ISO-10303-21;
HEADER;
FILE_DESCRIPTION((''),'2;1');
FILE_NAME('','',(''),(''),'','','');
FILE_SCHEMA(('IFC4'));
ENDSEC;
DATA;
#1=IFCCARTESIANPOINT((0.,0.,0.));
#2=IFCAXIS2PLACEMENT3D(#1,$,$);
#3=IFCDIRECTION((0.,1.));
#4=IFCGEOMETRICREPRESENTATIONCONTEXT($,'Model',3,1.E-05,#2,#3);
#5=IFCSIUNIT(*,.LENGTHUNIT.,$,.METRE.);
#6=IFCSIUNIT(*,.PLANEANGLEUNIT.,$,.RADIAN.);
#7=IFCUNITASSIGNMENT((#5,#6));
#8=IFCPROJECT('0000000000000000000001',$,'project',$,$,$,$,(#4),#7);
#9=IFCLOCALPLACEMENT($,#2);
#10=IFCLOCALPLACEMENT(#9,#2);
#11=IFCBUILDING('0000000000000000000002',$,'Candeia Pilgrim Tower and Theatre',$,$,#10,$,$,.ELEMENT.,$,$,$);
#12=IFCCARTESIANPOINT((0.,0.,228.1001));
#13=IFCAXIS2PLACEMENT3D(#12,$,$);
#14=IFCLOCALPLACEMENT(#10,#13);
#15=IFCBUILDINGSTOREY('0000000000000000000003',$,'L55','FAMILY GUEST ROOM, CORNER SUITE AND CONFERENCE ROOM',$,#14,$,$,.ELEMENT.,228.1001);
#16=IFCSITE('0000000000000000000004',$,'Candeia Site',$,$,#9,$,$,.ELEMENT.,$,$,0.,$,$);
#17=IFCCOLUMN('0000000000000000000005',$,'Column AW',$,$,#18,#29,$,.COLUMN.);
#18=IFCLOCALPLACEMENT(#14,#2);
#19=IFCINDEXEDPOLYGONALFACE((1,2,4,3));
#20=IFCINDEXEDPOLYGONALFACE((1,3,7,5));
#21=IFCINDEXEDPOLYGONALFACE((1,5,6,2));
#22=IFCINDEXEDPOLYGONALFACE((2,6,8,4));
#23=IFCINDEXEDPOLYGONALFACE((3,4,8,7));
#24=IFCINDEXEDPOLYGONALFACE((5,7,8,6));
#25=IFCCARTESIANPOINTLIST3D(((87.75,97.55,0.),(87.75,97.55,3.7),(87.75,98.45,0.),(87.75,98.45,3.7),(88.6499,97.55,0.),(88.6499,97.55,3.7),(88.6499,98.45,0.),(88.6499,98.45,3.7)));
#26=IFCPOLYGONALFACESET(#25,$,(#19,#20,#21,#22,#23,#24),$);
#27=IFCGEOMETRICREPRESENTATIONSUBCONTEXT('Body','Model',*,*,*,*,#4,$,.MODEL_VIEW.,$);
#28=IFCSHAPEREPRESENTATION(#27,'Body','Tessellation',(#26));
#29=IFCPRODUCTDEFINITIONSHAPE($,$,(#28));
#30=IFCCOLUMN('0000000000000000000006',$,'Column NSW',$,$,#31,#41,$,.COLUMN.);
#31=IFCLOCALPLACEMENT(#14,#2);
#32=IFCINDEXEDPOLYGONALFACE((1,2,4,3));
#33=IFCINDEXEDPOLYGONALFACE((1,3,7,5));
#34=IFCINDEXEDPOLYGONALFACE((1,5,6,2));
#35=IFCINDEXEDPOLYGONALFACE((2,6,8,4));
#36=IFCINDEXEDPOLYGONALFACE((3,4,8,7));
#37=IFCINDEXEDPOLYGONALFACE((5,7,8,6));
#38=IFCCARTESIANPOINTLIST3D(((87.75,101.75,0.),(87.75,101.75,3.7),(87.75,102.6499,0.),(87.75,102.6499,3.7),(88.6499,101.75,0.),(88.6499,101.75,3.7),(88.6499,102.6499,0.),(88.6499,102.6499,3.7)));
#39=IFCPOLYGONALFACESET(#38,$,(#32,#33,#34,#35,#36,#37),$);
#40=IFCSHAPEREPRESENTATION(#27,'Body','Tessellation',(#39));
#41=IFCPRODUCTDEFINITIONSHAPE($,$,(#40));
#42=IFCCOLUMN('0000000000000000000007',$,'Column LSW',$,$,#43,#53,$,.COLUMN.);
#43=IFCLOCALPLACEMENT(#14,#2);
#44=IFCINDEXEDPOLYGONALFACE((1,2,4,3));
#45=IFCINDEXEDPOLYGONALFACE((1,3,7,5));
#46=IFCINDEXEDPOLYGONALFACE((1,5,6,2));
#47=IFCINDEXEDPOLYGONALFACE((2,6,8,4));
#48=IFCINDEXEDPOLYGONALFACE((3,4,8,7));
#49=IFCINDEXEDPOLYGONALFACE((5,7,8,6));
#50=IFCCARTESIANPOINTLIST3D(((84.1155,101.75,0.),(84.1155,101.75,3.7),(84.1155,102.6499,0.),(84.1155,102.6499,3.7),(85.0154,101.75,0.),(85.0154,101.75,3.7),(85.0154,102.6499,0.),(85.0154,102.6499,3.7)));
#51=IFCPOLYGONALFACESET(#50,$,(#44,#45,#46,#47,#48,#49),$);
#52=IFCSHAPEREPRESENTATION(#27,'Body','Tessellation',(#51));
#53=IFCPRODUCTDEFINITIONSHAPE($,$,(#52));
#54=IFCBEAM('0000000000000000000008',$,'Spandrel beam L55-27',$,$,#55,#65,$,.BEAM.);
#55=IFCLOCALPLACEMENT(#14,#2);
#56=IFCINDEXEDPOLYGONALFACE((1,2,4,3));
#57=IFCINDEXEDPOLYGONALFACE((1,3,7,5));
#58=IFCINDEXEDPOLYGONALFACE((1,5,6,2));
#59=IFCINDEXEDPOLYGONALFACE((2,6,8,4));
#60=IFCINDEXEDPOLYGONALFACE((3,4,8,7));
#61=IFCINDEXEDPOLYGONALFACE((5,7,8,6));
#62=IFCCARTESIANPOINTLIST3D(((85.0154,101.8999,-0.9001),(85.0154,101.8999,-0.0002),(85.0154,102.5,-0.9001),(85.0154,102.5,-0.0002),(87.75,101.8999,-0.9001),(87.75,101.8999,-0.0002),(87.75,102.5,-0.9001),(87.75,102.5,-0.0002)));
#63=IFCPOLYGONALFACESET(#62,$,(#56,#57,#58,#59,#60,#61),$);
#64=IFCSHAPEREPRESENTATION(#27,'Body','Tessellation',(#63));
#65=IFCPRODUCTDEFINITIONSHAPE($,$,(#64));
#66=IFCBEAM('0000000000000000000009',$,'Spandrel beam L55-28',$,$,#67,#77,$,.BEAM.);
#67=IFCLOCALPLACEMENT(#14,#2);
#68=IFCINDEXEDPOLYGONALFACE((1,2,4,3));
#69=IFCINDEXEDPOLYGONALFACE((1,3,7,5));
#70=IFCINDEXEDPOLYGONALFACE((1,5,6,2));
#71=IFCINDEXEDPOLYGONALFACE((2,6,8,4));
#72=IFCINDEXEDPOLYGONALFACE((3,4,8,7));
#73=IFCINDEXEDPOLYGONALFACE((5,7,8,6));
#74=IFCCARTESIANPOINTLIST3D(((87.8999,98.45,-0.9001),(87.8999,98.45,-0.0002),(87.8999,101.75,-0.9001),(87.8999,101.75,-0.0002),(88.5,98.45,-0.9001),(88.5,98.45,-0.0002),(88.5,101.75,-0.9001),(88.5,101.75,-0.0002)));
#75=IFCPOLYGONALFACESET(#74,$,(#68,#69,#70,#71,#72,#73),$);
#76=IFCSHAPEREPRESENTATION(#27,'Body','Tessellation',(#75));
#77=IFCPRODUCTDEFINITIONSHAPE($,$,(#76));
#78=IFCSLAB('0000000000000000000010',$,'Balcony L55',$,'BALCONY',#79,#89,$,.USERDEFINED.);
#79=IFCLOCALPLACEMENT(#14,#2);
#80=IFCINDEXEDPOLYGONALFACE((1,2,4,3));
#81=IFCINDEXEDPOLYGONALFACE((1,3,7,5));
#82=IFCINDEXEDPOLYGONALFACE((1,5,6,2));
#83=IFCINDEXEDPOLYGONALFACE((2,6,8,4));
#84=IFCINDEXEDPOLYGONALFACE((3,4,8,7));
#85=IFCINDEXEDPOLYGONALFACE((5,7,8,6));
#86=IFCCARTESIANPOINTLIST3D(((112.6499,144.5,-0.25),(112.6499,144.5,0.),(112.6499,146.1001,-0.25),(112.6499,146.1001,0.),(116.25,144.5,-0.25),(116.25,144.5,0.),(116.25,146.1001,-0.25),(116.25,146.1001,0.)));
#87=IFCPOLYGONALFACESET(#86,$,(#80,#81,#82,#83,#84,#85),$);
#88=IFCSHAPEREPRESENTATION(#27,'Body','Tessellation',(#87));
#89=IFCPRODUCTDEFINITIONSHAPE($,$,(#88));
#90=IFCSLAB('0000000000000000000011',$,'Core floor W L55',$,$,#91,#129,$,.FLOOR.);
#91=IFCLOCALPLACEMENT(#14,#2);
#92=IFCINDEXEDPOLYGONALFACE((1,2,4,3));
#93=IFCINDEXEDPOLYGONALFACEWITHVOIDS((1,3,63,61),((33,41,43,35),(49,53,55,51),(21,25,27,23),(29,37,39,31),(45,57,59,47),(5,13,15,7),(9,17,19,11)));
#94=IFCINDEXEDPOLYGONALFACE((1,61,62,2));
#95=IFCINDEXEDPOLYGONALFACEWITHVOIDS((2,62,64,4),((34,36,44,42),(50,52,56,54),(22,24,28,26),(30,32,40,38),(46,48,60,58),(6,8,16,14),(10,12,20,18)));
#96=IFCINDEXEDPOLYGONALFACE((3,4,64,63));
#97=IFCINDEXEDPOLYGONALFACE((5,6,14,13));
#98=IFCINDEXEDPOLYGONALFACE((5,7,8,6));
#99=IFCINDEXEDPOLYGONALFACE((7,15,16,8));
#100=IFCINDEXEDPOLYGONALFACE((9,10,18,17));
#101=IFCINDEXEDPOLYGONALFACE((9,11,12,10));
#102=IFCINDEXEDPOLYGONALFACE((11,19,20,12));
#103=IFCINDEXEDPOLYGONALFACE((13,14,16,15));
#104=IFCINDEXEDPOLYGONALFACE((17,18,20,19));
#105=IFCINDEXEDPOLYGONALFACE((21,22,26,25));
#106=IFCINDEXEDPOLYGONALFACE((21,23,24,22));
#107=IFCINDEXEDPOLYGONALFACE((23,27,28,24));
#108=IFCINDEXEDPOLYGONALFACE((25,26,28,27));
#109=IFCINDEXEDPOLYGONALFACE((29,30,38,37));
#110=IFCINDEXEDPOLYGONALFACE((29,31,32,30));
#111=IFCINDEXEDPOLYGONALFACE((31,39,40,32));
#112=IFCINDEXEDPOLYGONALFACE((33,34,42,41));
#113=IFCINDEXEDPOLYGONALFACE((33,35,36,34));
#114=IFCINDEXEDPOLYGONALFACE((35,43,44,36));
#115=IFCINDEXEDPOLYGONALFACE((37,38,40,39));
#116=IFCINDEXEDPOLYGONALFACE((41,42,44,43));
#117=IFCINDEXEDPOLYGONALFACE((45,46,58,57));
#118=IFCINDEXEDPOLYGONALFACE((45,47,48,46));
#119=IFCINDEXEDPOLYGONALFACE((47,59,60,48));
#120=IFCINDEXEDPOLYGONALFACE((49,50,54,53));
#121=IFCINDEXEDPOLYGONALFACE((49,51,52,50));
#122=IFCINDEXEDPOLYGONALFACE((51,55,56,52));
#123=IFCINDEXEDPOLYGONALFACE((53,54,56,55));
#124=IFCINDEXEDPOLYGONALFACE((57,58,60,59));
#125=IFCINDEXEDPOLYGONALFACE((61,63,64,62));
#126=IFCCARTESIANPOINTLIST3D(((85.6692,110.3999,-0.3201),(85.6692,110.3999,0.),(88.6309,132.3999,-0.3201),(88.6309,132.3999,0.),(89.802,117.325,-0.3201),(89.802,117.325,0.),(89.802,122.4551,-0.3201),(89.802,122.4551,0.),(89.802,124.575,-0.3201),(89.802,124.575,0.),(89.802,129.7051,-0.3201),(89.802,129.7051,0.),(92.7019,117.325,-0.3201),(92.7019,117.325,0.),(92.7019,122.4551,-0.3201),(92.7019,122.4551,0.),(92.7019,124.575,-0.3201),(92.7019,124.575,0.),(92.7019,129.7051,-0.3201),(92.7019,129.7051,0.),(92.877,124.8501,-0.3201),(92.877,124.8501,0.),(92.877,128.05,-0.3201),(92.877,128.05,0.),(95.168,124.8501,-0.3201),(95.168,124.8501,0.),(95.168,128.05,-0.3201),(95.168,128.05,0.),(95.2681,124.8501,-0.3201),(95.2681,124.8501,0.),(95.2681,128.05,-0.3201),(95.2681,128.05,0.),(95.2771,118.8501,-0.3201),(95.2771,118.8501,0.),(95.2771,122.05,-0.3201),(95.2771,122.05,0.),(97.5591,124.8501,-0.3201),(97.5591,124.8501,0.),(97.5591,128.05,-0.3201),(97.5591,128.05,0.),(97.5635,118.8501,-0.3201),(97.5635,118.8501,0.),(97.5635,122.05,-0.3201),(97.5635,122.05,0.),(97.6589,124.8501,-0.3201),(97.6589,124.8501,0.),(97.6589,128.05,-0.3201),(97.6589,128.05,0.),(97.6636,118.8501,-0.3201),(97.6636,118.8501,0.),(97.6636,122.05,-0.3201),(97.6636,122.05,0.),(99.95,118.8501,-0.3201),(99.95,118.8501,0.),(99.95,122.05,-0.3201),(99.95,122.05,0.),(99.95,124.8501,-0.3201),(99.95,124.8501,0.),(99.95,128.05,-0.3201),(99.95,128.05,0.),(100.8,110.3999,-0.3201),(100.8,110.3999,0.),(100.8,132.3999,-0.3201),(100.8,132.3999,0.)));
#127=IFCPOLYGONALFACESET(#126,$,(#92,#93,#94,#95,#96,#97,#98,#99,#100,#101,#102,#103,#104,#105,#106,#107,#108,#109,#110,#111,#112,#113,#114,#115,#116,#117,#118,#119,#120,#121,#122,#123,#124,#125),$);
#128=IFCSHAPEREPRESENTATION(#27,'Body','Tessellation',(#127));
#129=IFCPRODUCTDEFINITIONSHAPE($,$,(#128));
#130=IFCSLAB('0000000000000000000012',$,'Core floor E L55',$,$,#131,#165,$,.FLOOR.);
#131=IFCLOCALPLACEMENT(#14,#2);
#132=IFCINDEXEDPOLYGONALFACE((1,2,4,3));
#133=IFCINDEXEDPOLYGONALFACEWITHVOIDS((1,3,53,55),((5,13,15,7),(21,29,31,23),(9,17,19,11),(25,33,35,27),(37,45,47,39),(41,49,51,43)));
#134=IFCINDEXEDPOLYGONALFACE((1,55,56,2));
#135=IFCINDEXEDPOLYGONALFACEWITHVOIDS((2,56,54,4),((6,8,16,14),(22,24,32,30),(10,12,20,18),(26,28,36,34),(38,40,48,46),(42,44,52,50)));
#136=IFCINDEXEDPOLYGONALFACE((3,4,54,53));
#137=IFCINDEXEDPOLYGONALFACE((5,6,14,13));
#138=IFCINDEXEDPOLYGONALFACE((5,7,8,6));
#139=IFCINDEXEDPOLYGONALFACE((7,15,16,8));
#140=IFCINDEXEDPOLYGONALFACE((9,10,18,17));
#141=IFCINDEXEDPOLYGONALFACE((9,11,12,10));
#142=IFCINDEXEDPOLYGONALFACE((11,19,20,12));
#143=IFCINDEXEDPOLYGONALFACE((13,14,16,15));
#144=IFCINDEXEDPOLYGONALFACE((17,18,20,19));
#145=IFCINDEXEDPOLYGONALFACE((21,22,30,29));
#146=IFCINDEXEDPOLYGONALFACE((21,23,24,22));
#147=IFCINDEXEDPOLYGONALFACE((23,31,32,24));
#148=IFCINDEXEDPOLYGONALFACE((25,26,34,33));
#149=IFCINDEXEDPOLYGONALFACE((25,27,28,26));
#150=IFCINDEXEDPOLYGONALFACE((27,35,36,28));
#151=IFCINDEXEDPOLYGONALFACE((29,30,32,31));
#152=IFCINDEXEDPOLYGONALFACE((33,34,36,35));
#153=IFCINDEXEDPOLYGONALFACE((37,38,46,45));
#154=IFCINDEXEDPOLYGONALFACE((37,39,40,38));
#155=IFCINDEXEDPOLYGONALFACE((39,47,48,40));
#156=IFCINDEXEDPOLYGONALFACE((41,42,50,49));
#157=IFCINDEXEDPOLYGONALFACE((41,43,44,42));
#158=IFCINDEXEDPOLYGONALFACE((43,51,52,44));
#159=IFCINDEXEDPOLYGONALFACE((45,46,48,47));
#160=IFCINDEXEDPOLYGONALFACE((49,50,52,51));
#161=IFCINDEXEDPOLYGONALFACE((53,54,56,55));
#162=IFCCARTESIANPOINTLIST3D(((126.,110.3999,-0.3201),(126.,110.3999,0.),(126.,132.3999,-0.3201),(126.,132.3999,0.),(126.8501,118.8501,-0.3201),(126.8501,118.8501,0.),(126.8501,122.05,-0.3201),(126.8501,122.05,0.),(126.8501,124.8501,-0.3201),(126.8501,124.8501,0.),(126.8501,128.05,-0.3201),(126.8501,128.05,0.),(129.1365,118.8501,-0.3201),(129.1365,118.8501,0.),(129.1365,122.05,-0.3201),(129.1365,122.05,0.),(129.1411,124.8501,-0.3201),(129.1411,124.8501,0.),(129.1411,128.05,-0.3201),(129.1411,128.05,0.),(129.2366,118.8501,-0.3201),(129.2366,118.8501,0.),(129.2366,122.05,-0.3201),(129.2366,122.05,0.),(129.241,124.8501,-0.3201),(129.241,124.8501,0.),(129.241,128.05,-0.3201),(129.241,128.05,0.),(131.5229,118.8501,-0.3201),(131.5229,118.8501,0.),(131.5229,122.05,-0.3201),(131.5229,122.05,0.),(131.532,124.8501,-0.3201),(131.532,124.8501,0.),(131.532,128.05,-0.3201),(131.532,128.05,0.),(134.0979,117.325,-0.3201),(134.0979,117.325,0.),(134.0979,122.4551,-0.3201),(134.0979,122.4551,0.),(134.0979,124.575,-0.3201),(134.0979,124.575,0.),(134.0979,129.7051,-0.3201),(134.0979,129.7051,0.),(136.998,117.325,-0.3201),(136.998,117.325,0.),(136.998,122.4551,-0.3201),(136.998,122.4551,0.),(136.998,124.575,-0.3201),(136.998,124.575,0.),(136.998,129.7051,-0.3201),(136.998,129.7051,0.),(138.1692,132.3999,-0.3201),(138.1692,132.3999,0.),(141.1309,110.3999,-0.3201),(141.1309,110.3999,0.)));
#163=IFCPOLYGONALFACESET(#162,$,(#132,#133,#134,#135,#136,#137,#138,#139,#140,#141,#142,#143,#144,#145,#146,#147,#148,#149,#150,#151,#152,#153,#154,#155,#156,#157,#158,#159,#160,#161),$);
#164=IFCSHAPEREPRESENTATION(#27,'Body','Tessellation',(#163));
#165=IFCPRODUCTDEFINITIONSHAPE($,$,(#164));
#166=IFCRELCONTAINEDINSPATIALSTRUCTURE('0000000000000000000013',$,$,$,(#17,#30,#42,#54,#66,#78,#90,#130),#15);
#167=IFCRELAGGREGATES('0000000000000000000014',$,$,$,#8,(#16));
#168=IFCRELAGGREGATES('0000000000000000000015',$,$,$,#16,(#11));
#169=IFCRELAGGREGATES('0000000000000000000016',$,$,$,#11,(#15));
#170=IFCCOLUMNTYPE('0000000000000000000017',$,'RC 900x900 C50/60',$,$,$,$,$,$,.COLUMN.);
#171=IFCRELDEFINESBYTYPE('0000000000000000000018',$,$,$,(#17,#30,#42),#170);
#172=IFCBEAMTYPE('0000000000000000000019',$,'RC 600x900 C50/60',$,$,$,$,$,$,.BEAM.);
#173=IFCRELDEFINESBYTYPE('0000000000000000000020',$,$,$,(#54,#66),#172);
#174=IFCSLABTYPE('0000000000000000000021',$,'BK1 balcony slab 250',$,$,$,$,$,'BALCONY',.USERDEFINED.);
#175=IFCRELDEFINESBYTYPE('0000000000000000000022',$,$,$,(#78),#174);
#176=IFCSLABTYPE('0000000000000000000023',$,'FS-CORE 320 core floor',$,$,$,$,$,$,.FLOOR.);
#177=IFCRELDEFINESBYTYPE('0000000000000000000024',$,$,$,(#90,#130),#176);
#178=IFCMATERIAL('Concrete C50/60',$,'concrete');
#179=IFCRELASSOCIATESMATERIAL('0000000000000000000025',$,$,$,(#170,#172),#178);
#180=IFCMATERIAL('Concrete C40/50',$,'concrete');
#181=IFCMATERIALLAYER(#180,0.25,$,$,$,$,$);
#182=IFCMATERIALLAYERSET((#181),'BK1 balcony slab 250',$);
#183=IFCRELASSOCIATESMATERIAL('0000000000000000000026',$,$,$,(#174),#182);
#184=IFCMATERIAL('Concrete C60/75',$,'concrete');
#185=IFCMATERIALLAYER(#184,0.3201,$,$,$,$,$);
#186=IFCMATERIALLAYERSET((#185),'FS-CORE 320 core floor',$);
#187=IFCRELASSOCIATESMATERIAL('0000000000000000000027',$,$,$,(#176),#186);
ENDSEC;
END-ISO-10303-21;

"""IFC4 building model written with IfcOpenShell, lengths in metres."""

from ifc_helpers import new_model, si_unit, direction, frame, origin, origin_2d, place, context, subcontext, project, spatial, polyline, rectangle, outline, extrude, material, layer, layer_set, material_profile, profile_set, type_object, element, save


model = new_model("IFC4")

# Units and contexts
model_context = context("Model", 3, precision=1e-05, world=origin(), true_north=direction((0.0, 1.0)))
body_context = subcontext(model_context, "Body", "Model", "MODEL_VIEW")
ifc_project = project(units=[si_unit("LENGTHUNIT", "METRE"), si_unit("PLANEANGLEUNIT", "RADIAN")], contexts=[model_context])

# Site, building, storey
site_placement = place(None, origin())
site = spatial("IfcSite", under=ifc_project, at=site_placement, Name="Candeia Site", CompositionType="ELEMENT", RefElevation=0.0)
building_placement = place(site_placement, origin())
building = spatial("IfcBuilding", under=site, at=building_placement, Name="Candeia Pilgrim Tower and Theatre", CompositionType="ELEMENT")
storey_placement = place(building_placement, frame((0.0, 0.0, 228.1001)))
storey = spatial("IfcBuildingStorey", under=building, at=storey_placement, Name="L55", Description="FAMILY GUEST ROOM, CORNER SUITE AND CONFERENCE ROOM", CompositionType="ELEMENT", Elevation=228.1001)

# Columns
ifc_material_1 = material(Name="Concrete C50/60", Category="concrete")
ifc_material_profile_1 = material_profile(ifc_material_1, rectangle(XDim=0.8999, YDim=0.8999, at=origin_2d()))
ifc_profile_set_1 = profile_set([ifc_material_profile_1], Name="Concrete C50/60")
column_type = type_object("IfcColumnType", Name="RC 900x900 C50/60", PredefinedType="COLUMN", material=ifc_profile_set_1)
for number, where, z_axis, x_axis, name in (
    (1, (88.2, 98.0, 0.0), (0.0, 0.0, 1.0), (1.0, 0.0, 0.0), "Column AW"),
    (2, (88.2, 102.2, 0.0), (0.0, 0.0, 1.0), (1.0, 0.0, 0.0), "Column NSW"),
    (3, (84.5654, 102.2, 0.0), (0.0, 0.0, 1.0), (1.0, 0.0, 0.0), "Column LSW"),
):
    element("IfcColumn", number, at=place(storey_placement, frame(where, z_axis=z_axis, x_axis=x_axis)), inside=storey, type_object=column_type, Name=name, PredefinedType="COLUMN", context=body_context, shape_type="SweptSolid", body=[
        extrude(rectangle(XDim=0.8999, YDim=0.8999, at=origin_2d()), origin(), (0.0, 0.0, 1.0), 3.7),
    ])

# Beams
ifc_material_profile_2 = material_profile(ifc_material_1, rectangle(XDim=0.6001, YDim=0.8999, at=origin_2d()))
ifc_profile_set_2 = profile_set([ifc_material_profile_2], Name="Concrete C50/60")
beam_type = type_object("IfcBeamType", Name="RC 600x900 C50/60", PredefinedType="BEAM", material=ifc_profile_set_2)
beam_1_placement = place(storey_placement, frame((85.0154, 102.2, -0.4502), z_axis=(1.0, 0.0, 0.0), x_axis=(0.0, 1.0, 0.0)))
element("IfcBeam", 4, at=beam_1_placement, inside=storey, type_object=beam_type, Name="Spandrel beam L55-27", PredefinedType="BEAM", context=body_context, shape_type="SweptSolid", body=[
    extrude(rectangle(XDim=0.6001, YDim=0.8999, at=origin_2d()), origin(), (0.0, 0.0, 1.0), 2.7346),
])
beam_2_placement = place(storey_placement, frame((88.2, 101.75, -0.4502), z_axis=(0.0, -1.0, 0.0), x_axis=(1.0, 0.0, 0.0)))
element("IfcBeam", 5, at=beam_2_placement, inside=storey, type_object=beam_type, Name="Spandrel beam L55-28", PredefinedType="BEAM", context=body_context, shape_type="SweptSolid", body=[
    extrude(rectangle(XDim=0.6001, YDim=0.8999, at=origin_2d()), origin(), (0.0, 0.0, 1.0), 3.3),
])

# Slabs
ifc_material_2 = material(Name="Concrete C40/50", Category="concrete")
ifc_layer_1 = layer(ifc_material_2, 0.25)
ifc_layer_set_1 = layer_set([ifc_layer_1], Name="BK1 balcony slab 250")
slab_type_1 = type_object("IfcSlabType", Name="BK1 balcony slab 250", ElementType="BALCONY", PredefinedType="USERDEFINED", material=ifc_layer_set_1)
slab_1_placement = place(storey_placement, frame((0.0, 0.0, -0.25)))
element("IfcSlab", 6, at=slab_1_placement, inside=storey, type_object=slab_type_1, Name="Balcony L55", ObjectType="BALCONY", PredefinedType="USERDEFINED", context=body_context, shape_type="SweptSolid", body=[
    extrude(outline(polyline([(112.6499, 144.5), (116.25, 144.5), (116.25, 146.1001), (112.6499, 146.1001), (112.6499, 144.5)])), origin(), (0.0, 0.0, 1.0), 0.25),
])
ifc_material_3 = material(Name="Concrete C60/75", Category="concrete")
ifc_layer_2 = layer(ifc_material_3, 0.3201)
ifc_layer_set_2 = layer_set([ifc_layer_2], Name="FS-CORE 320 core floor")
slab_type_2 = type_object("IfcSlabType", Name="FS-CORE 320 core floor", PredefinedType="FLOOR", material=ifc_layer_set_2)
slab_2_placement = place(storey_placement, frame((0.0, 0.0, -0.3201)))
element("IfcSlab", 7, at=slab_2_placement, inside=storey, type_object=slab_type_2, Name="Core floor W L55", PredefinedType="FLOOR", context=body_context, shape_type="SweptSolid", body=[
    extrude(outline(polyline([(100.8, 132.3999), (100.8, 110.3999), (85.6692, 110.3999), (88.6309, 132.3999), (100.8, 132.3999)]), holes=[polyline([(97.6589, 128.05), (97.6589, 124.8501), (99.95, 124.8501), (99.95, 128.05), (97.6589, 128.05)]), polyline([(97.6636, 122.05), (97.6636, 118.8501), (99.95, 118.8501), (99.95, 122.05), (97.6636, 122.05)]), polyline([(95.2771, 122.05), (95.2771, 118.8501), (97.5635, 118.8501), (97.5635, 122.05), (95.2771, 122.05)]), polyline([(95.2681, 128.05), (95.2681, 124.8501), (97.5591, 124.8501), (97.5591, 128.05), (95.2681, 128.05)]), polyline([(92.877, 128.05), (92.877, 124.8501), (95.168, 124.8501), (95.168, 128.05), (92.877, 128.05)]), polyline([(89.802, 117.325), (92.7019, 117.325), (92.7019, 122.4551), (89.802, 122.4551), (89.802, 117.325)]), polyline([(89.802, 129.7051), (89.802, 124.575), (92.7019, 124.575), (92.7019, 129.7051), (89.802, 129.7051)])]), origin(), (0.0, 0.0, 1.0), 0.3201),
])
slab_3_placement = place(storey_placement, frame((0.0, 0.0, -0.3201)))
element("IfcSlab", 8, at=slab_3_placement, inside=storey, type_object=slab_type_2, Name="Core floor E L55", PredefinedType="FLOOR", context=body_context, shape_type="SweptSolid", body=[
    extrude(outline(polyline([(138.1692, 132.3999), (141.1309, 110.3999), (126.0, 110.3999), (126.0, 132.3999), (138.1692, 132.3999)]), holes=[polyline([(134.0979, 117.325), (136.998, 117.325), (136.998, 122.4551), (134.0979, 122.4551), (134.0979, 117.325)]), polyline([(134.0979, 129.7051), (134.0979, 124.575), (136.998, 124.575), (136.998, 129.7051), (134.0979, 129.7051)]), polyline([(131.532, 128.05), (129.241, 128.05), (129.241, 124.8501), (131.532, 124.8501), (131.532, 128.05)]), polyline([(131.5229, 122.05), (129.2366, 122.05), (129.2366, 118.8501), (131.5229, 118.8501), (131.5229, 122.05)]), polyline([(126.8501, 128.05), (126.8501, 124.8501), (129.1411, 124.8501), (129.1411, 128.05), (126.8501, 128.05)]), polyline([(129.1365, 122.05), (126.8501, 122.05), (126.8501, 118.8501), (129.1365, 118.8501), (129.1365, 122.05)])]), origin(), (0.0, 0.0, 1.0), 0.3201),
])

save(model, "model.ifc")
